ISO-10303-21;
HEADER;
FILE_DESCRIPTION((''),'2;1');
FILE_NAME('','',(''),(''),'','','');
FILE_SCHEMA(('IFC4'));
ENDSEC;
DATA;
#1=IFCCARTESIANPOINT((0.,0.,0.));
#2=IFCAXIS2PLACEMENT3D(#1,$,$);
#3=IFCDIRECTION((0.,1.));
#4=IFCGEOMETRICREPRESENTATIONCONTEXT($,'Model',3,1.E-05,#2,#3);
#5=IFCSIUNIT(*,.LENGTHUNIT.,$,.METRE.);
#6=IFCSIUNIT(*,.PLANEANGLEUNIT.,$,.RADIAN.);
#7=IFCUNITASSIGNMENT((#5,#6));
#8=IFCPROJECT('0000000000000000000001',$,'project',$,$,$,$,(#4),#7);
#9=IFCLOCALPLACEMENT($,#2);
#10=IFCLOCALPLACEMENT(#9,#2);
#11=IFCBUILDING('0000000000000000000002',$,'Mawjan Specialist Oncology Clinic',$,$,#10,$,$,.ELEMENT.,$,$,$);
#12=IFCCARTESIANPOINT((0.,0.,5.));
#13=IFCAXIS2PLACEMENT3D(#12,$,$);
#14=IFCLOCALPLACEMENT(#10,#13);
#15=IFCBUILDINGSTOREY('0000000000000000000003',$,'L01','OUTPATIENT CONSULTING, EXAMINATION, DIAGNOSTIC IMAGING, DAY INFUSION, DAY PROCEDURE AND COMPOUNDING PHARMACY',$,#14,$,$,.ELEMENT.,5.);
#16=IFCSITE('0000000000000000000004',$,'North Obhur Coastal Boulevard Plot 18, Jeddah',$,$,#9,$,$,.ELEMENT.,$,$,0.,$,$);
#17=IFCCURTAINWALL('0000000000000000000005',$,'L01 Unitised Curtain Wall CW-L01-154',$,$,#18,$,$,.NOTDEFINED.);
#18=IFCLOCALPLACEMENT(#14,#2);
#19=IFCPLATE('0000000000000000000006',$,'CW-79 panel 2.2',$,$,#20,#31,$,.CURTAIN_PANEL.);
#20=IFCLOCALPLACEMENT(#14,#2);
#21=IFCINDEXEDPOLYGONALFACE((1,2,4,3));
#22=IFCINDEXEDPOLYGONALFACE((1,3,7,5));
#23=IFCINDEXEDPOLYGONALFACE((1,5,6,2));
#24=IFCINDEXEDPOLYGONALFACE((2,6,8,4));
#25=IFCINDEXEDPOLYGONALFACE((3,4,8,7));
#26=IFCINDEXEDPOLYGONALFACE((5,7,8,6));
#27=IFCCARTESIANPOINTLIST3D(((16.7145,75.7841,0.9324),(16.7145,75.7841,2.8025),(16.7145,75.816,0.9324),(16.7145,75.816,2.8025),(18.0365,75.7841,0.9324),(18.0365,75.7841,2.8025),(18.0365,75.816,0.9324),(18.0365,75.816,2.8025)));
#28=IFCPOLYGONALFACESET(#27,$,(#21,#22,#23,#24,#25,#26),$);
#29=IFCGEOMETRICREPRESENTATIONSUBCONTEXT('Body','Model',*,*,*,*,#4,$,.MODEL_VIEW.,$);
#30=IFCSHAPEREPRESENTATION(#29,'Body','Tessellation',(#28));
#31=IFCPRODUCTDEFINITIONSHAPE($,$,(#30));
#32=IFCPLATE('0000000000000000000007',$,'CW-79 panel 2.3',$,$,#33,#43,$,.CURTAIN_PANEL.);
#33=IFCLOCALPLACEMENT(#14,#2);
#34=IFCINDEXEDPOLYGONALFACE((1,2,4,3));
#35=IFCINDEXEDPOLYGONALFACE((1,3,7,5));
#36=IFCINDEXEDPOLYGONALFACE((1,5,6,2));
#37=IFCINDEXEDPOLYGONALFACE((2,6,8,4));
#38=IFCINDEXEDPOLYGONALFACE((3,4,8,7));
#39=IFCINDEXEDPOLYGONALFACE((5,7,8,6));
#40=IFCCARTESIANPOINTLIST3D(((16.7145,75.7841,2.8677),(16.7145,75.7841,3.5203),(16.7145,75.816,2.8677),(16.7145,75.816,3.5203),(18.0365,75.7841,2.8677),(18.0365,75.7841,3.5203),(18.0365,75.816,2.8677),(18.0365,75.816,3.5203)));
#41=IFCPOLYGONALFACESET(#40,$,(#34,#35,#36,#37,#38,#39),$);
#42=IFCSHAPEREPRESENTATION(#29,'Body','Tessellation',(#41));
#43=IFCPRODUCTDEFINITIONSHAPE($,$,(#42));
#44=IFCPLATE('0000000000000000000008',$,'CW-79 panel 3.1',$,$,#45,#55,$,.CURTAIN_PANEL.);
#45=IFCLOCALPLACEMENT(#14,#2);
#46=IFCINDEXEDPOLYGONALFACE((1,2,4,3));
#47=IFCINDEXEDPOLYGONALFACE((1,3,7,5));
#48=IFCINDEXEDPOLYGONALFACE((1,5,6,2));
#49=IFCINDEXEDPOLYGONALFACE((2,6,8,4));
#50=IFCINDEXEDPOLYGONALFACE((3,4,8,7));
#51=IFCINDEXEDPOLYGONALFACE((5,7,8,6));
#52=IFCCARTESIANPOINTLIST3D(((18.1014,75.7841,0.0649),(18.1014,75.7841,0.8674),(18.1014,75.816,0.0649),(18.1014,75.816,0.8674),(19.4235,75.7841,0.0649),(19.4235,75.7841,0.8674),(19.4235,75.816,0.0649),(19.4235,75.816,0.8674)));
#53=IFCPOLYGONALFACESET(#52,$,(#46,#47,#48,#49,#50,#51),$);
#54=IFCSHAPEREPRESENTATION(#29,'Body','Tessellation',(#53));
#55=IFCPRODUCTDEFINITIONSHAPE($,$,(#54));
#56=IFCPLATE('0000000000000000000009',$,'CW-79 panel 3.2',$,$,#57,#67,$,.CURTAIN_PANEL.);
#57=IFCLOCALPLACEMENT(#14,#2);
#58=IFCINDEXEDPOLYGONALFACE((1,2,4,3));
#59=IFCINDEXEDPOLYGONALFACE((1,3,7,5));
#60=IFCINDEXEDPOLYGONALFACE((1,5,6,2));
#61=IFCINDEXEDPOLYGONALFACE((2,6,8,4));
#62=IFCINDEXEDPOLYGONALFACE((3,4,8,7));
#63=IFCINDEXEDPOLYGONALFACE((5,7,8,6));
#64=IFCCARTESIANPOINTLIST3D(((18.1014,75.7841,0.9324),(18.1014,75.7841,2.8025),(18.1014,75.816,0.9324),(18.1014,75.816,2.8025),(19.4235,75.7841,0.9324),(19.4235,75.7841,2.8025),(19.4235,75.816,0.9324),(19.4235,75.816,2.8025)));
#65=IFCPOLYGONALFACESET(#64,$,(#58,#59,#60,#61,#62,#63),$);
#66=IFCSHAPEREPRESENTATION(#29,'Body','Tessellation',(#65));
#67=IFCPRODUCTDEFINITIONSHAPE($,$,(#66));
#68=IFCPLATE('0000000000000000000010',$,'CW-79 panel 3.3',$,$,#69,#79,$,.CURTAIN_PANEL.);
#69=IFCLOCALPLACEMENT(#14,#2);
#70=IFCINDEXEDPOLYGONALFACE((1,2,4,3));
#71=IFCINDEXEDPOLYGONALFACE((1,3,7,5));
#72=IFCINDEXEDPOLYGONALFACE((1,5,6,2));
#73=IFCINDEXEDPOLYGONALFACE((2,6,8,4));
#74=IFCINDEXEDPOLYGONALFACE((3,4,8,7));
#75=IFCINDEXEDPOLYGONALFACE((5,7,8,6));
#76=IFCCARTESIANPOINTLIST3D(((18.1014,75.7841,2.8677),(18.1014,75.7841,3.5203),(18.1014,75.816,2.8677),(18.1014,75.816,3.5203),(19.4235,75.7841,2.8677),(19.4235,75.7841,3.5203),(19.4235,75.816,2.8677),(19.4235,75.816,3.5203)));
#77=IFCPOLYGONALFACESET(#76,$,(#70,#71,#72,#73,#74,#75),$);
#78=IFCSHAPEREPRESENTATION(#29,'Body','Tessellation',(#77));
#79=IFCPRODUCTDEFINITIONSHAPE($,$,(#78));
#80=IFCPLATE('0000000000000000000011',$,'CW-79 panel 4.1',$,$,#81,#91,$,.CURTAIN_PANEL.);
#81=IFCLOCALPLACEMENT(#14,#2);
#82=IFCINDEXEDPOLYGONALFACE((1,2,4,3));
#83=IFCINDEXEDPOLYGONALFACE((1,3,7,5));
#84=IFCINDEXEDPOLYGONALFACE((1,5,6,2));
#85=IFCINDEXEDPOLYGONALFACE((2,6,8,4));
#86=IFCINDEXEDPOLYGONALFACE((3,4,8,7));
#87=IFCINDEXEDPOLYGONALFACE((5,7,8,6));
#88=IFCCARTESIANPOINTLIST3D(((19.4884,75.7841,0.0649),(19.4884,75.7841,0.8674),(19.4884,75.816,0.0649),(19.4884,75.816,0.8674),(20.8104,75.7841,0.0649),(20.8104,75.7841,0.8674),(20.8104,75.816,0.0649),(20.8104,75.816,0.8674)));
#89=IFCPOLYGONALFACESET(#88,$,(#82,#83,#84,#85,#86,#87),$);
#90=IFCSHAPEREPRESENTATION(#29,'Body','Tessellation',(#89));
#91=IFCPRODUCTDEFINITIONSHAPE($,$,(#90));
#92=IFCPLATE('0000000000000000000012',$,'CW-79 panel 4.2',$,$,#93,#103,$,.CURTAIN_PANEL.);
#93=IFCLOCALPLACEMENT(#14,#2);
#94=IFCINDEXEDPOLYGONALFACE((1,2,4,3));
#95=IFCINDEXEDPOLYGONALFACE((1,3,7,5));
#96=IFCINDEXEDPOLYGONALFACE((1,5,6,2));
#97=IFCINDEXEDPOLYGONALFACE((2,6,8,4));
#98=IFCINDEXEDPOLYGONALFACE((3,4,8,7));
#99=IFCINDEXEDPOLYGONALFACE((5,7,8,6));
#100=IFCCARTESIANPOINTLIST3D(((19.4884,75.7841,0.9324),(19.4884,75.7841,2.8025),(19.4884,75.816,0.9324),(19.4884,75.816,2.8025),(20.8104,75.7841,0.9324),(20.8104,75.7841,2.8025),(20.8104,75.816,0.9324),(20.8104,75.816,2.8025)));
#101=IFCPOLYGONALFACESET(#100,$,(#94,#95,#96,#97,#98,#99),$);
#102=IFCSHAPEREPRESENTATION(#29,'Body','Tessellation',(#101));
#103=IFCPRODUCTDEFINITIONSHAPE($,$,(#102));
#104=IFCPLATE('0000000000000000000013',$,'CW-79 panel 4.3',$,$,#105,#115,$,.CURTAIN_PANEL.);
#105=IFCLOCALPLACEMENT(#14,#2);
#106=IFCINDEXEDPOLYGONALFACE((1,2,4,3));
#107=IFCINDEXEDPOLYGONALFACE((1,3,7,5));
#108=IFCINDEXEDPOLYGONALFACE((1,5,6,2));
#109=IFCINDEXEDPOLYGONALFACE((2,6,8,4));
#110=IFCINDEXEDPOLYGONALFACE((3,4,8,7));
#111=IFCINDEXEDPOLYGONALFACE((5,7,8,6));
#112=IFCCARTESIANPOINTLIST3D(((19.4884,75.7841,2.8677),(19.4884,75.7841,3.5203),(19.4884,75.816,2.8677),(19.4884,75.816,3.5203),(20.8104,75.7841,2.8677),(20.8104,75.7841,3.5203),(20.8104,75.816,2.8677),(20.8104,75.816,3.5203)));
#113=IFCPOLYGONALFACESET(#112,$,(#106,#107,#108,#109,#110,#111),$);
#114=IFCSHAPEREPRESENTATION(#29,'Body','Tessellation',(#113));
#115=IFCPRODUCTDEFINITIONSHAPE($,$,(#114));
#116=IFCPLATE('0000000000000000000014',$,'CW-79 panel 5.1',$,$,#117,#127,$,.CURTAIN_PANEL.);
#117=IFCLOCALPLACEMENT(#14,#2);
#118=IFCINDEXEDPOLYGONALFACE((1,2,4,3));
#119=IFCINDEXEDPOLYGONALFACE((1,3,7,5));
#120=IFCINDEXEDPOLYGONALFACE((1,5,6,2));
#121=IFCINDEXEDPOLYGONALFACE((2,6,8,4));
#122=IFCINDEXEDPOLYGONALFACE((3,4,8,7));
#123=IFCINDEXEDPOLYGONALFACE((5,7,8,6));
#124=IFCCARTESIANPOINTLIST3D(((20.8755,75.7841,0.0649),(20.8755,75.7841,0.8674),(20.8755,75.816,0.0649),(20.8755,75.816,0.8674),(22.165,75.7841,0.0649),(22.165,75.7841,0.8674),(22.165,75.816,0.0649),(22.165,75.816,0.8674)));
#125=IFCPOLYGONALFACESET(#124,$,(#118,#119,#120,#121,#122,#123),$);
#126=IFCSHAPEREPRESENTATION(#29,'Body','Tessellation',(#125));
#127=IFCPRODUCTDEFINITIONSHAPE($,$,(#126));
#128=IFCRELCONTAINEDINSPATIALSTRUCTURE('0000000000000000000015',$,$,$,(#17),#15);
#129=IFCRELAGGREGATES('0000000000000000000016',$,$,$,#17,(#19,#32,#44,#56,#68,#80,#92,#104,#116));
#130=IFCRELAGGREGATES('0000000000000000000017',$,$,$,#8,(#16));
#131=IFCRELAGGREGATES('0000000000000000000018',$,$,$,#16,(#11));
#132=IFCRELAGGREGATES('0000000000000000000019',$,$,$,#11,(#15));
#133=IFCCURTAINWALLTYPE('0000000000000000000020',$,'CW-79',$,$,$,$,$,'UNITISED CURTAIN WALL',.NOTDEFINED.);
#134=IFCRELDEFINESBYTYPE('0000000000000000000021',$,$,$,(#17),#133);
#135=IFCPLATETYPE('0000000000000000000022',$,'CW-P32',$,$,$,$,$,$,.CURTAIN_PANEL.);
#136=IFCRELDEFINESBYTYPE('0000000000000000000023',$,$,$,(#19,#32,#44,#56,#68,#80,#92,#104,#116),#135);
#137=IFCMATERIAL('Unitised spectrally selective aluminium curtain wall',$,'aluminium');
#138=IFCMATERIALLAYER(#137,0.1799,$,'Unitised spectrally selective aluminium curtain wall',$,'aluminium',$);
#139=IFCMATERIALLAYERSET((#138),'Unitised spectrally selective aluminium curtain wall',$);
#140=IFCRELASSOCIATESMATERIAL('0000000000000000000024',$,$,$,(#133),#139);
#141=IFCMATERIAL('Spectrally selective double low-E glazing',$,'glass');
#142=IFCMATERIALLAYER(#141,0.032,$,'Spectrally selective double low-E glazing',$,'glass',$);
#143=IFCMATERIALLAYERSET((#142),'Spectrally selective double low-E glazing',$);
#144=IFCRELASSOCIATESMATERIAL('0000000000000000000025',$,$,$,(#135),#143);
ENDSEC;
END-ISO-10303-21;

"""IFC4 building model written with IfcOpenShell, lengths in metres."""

from ifc_helpers import new_model, si_unit, direction, frame, origin, origin_2d, place, context, subcontext, project, spatial, rectangle, extrude, material, layer, layer_set, type_object, element, aggregate, save


model = new_model("IFC4")

# Units and contexts
model_context = context("Model", 3, precision=1e-05, world=origin(), true_north=direction((0.0, 1.0)))
body_context = subcontext(model_context, "Body", "Model", "MODEL_VIEW")
ifc_project = project(units=[si_unit("LENGTHUNIT", "METRE"), si_unit("PLANEANGLEUNIT", "RADIAN")], contexts=[model_context])

# Site, building, storey
site_placement = place(None, origin())
site = spatial("IfcSite", under=ifc_project, at=site_placement, Name="North Obhur Coastal Boulevard Plot 18, Jeddah", CompositionType="ELEMENT", RefElevation=0.0)
building_placement = place(site_placement, origin())
building = spatial("IfcBuilding", under=site, at=building_placement, Name="Mawjan Specialist Oncology Clinic", CompositionType="ELEMENT")
storey_placement = place(building_placement, frame((0.0, 0.0, 5.0)))
storey = spatial("IfcBuildingStorey", under=building, at=storey_placement, Name="L01", Description="OUTPATIENT CONSULTING, EXAMINATION, DIAGNOSTIC IMAGING, DAY INFUSION, DAY PROCEDURE AND COMPOUNDING PHARMACY", CompositionType="ELEMENT", Elevation=5.0)

# Curtain wall, plates
ifc_material_1 = material(Name="Unitised spectrally selective aluminium curtain wall", Category="aluminium")
ifc_layer_1 = layer(ifc_material_1, 0.1799, Name="Unitised spectrally selective aluminium curtain wall", Category="aluminium")
ifc_layer_set_1 = layer_set([ifc_layer_1], Name="Unitised spectrally selective aluminium curtain wall")
curtain_wall_type = type_object("IfcCurtainWallType", Name="CW-79", ElementType="UNITISED CURTAIN WALL", PredefinedType="NOTDEFINED", material=ifc_layer_set_1)
curtain_wall_placement = place(storey_placement, origin())
curtain_wall = element("IfcCurtainWall", 1, at=curtain_wall_placement, inside=storey, type_object=curtain_wall_type, Name="L01 Unitised Curtain Wall CW-L01-154", PredefinedType="NOTDEFINED")
ifc_material_2 = material(Name="Spectrally selective double low-E glazing", Category="glass")
ifc_layer_2 = layer(ifc_material_2, 0.032, Name="Spectrally selective double low-E glazing", Category="glass")
ifc_layer_set_2 = layer_set([ifc_layer_2], Name="Spectrally selective double low-E glazing")
plate_type = type_object("IfcPlateType", Name="CW-P32", PredefinedType="CURTAIN_PANEL", material=ifc_layer_set_2)
plate_1_placement = place(storey_placement, frame((17.3755, 75.8, 0.9324), z_axis=(0.0, 0.0, 1.0), x_axis=(1.0, 0.0, 0.0)))
plate_1 = element("IfcPlate", 2, at=plate_1_placement, type_object=plate_type, Name="CW-79 panel 2.2", PredefinedType="CURTAIN_PANEL", context=body_context, shape_type="SweptSolid", body=[
    extrude(rectangle(XDim=1.322, YDim=0.032, at=origin_2d()), origin(), (0.0, 0.0, 1.0), 1.8701),
])
plate_2_placement = place(storey_placement, frame((17.3755, 75.8, 2.8677), z_axis=(0.0, 0.0, 1.0), x_axis=(1.0, 0.0, 0.0)))
plate_2 = element("IfcPlate", 3, at=plate_2_placement, type_object=plate_type, Name="CW-79 panel 2.3", PredefinedType="CURTAIN_PANEL", context=body_context, shape_type="SweptSolid", body=[
    extrude(rectangle(XDim=1.322, YDim=0.032, at=origin_2d()), origin(), (0.0, 0.0, 1.0), 0.6526),
])
plate_3_placement = place(storey_placement, frame((18.7625, 75.8, 0.0649), z_axis=(0.0, 0.0, 1.0), x_axis=(1.0, 0.0, 0.0)))
plate_3 = element("IfcPlate", 4, at=plate_3_placement, type_object=plate_type, Name="CW-79 panel 3.1", PredefinedType="CURTAIN_PANEL", context=body_context, shape_type="SweptSolid", body=[
    extrude(rectangle(XDim=1.322, YDim=0.032, at=origin_2d()), origin(), (0.0, 0.0, 1.0), 0.8025),
])
plate_4_placement = place(storey_placement, frame((18.7625, 75.8, 0.9324), z_axis=(0.0, 0.0, 1.0), x_axis=(1.0, 0.0, 0.0)))
plate_4 = element("IfcPlate", 5, at=plate_4_placement, type_object=plate_type, Name="CW-79 panel 3.2", PredefinedType="CURTAIN_PANEL", context=body_context, shape_type="SweptSolid", body=[
    extrude(rectangle(XDim=1.322, YDim=0.032, at=origin_2d()), origin(), (0.0, 0.0, 1.0), 1.8701),
])
plate_5_placement = place(storey_placement, frame((18.7625, 75.8, 2.8677), z_axis=(0.0, 0.0, 1.0), x_axis=(1.0, 0.0, 0.0)))
plate_5 = element("IfcPlate", 6, at=plate_5_placement, type_object=plate_type, Name="CW-79 panel 3.3", PredefinedType="CURTAIN_PANEL", context=body_context, shape_type="SweptSolid", body=[
    extrude(rectangle(XDim=1.322, YDim=0.032, at=origin_2d()), origin(), (0.0, 0.0, 1.0), 0.6526),
])
plate_6_placement = place(storey_placement, frame((20.1494, 75.8, 0.0649), z_axis=(0.0, 0.0, 1.0), x_axis=(1.0, 0.0, 0.0)))
plate_6 = element("IfcPlate", 7, at=plate_6_placement, type_object=plate_type, Name="CW-79 panel 4.1", PredefinedType="CURTAIN_PANEL", context=body_context, shape_type="SweptSolid", body=[
    extrude(rectangle(XDim=1.322, YDim=0.032, at=origin_2d()), origin(), (0.0, 0.0, 1.0), 0.8025),
])
plate_7_placement = place(storey_placement, frame((20.1494, 75.8, 0.9324), z_axis=(0.0, 0.0, 1.0), x_axis=(1.0, 0.0, 0.0)))
plate_7 = element("IfcPlate", 8, at=plate_7_placement, type_object=plate_type, Name="CW-79 panel 4.2", PredefinedType="CURTAIN_PANEL", context=body_context, shape_type="SweptSolid", body=[
    extrude(rectangle(XDim=1.322, YDim=0.032, at=origin_2d()), origin(), (0.0, 0.0, 1.0), 1.8701),
])
plate_8_placement = place(storey_placement, frame((20.1494, 75.8, 2.8677), z_axis=(0.0, 0.0, 1.0), x_axis=(1.0, 0.0, 0.0)))
plate_8 = element("IfcPlate", 9, at=plate_8_placement, type_object=plate_type, Name="CW-79 panel 4.3", PredefinedType="CURTAIN_PANEL", context=body_context, shape_type="SweptSolid", body=[
    extrude(rectangle(XDim=1.322, YDim=0.032, at=origin_2d()), origin(), (0.0, 0.0, 1.0), 0.6526),
])
plate_9_placement = place(storey_placement, frame((21.5203, 75.8, 0.0649), z_axis=(0.0, 0.0, 1.0), x_axis=(1.0, 0.0, 0.0)))
plate_9 = element("IfcPlate", 10, at=plate_9_placement, type_object=plate_type, Name="CW-79 panel 5.1", PredefinedType="CURTAIN_PANEL", context=body_context, shape_type="SweptSolid", body=[
    extrude(rectangle(XDim=1.2896, YDim=0.032, at=origin_2d()), origin(), (0.0, 0.0, 1.0), 0.8025),
])
aggregate(curtain_wall, [plate_1, plate_2, plate_3, plate_4, plate_5, plate_6, plate_7, plate_8, plate_9])

save(model, "model.ifc")
